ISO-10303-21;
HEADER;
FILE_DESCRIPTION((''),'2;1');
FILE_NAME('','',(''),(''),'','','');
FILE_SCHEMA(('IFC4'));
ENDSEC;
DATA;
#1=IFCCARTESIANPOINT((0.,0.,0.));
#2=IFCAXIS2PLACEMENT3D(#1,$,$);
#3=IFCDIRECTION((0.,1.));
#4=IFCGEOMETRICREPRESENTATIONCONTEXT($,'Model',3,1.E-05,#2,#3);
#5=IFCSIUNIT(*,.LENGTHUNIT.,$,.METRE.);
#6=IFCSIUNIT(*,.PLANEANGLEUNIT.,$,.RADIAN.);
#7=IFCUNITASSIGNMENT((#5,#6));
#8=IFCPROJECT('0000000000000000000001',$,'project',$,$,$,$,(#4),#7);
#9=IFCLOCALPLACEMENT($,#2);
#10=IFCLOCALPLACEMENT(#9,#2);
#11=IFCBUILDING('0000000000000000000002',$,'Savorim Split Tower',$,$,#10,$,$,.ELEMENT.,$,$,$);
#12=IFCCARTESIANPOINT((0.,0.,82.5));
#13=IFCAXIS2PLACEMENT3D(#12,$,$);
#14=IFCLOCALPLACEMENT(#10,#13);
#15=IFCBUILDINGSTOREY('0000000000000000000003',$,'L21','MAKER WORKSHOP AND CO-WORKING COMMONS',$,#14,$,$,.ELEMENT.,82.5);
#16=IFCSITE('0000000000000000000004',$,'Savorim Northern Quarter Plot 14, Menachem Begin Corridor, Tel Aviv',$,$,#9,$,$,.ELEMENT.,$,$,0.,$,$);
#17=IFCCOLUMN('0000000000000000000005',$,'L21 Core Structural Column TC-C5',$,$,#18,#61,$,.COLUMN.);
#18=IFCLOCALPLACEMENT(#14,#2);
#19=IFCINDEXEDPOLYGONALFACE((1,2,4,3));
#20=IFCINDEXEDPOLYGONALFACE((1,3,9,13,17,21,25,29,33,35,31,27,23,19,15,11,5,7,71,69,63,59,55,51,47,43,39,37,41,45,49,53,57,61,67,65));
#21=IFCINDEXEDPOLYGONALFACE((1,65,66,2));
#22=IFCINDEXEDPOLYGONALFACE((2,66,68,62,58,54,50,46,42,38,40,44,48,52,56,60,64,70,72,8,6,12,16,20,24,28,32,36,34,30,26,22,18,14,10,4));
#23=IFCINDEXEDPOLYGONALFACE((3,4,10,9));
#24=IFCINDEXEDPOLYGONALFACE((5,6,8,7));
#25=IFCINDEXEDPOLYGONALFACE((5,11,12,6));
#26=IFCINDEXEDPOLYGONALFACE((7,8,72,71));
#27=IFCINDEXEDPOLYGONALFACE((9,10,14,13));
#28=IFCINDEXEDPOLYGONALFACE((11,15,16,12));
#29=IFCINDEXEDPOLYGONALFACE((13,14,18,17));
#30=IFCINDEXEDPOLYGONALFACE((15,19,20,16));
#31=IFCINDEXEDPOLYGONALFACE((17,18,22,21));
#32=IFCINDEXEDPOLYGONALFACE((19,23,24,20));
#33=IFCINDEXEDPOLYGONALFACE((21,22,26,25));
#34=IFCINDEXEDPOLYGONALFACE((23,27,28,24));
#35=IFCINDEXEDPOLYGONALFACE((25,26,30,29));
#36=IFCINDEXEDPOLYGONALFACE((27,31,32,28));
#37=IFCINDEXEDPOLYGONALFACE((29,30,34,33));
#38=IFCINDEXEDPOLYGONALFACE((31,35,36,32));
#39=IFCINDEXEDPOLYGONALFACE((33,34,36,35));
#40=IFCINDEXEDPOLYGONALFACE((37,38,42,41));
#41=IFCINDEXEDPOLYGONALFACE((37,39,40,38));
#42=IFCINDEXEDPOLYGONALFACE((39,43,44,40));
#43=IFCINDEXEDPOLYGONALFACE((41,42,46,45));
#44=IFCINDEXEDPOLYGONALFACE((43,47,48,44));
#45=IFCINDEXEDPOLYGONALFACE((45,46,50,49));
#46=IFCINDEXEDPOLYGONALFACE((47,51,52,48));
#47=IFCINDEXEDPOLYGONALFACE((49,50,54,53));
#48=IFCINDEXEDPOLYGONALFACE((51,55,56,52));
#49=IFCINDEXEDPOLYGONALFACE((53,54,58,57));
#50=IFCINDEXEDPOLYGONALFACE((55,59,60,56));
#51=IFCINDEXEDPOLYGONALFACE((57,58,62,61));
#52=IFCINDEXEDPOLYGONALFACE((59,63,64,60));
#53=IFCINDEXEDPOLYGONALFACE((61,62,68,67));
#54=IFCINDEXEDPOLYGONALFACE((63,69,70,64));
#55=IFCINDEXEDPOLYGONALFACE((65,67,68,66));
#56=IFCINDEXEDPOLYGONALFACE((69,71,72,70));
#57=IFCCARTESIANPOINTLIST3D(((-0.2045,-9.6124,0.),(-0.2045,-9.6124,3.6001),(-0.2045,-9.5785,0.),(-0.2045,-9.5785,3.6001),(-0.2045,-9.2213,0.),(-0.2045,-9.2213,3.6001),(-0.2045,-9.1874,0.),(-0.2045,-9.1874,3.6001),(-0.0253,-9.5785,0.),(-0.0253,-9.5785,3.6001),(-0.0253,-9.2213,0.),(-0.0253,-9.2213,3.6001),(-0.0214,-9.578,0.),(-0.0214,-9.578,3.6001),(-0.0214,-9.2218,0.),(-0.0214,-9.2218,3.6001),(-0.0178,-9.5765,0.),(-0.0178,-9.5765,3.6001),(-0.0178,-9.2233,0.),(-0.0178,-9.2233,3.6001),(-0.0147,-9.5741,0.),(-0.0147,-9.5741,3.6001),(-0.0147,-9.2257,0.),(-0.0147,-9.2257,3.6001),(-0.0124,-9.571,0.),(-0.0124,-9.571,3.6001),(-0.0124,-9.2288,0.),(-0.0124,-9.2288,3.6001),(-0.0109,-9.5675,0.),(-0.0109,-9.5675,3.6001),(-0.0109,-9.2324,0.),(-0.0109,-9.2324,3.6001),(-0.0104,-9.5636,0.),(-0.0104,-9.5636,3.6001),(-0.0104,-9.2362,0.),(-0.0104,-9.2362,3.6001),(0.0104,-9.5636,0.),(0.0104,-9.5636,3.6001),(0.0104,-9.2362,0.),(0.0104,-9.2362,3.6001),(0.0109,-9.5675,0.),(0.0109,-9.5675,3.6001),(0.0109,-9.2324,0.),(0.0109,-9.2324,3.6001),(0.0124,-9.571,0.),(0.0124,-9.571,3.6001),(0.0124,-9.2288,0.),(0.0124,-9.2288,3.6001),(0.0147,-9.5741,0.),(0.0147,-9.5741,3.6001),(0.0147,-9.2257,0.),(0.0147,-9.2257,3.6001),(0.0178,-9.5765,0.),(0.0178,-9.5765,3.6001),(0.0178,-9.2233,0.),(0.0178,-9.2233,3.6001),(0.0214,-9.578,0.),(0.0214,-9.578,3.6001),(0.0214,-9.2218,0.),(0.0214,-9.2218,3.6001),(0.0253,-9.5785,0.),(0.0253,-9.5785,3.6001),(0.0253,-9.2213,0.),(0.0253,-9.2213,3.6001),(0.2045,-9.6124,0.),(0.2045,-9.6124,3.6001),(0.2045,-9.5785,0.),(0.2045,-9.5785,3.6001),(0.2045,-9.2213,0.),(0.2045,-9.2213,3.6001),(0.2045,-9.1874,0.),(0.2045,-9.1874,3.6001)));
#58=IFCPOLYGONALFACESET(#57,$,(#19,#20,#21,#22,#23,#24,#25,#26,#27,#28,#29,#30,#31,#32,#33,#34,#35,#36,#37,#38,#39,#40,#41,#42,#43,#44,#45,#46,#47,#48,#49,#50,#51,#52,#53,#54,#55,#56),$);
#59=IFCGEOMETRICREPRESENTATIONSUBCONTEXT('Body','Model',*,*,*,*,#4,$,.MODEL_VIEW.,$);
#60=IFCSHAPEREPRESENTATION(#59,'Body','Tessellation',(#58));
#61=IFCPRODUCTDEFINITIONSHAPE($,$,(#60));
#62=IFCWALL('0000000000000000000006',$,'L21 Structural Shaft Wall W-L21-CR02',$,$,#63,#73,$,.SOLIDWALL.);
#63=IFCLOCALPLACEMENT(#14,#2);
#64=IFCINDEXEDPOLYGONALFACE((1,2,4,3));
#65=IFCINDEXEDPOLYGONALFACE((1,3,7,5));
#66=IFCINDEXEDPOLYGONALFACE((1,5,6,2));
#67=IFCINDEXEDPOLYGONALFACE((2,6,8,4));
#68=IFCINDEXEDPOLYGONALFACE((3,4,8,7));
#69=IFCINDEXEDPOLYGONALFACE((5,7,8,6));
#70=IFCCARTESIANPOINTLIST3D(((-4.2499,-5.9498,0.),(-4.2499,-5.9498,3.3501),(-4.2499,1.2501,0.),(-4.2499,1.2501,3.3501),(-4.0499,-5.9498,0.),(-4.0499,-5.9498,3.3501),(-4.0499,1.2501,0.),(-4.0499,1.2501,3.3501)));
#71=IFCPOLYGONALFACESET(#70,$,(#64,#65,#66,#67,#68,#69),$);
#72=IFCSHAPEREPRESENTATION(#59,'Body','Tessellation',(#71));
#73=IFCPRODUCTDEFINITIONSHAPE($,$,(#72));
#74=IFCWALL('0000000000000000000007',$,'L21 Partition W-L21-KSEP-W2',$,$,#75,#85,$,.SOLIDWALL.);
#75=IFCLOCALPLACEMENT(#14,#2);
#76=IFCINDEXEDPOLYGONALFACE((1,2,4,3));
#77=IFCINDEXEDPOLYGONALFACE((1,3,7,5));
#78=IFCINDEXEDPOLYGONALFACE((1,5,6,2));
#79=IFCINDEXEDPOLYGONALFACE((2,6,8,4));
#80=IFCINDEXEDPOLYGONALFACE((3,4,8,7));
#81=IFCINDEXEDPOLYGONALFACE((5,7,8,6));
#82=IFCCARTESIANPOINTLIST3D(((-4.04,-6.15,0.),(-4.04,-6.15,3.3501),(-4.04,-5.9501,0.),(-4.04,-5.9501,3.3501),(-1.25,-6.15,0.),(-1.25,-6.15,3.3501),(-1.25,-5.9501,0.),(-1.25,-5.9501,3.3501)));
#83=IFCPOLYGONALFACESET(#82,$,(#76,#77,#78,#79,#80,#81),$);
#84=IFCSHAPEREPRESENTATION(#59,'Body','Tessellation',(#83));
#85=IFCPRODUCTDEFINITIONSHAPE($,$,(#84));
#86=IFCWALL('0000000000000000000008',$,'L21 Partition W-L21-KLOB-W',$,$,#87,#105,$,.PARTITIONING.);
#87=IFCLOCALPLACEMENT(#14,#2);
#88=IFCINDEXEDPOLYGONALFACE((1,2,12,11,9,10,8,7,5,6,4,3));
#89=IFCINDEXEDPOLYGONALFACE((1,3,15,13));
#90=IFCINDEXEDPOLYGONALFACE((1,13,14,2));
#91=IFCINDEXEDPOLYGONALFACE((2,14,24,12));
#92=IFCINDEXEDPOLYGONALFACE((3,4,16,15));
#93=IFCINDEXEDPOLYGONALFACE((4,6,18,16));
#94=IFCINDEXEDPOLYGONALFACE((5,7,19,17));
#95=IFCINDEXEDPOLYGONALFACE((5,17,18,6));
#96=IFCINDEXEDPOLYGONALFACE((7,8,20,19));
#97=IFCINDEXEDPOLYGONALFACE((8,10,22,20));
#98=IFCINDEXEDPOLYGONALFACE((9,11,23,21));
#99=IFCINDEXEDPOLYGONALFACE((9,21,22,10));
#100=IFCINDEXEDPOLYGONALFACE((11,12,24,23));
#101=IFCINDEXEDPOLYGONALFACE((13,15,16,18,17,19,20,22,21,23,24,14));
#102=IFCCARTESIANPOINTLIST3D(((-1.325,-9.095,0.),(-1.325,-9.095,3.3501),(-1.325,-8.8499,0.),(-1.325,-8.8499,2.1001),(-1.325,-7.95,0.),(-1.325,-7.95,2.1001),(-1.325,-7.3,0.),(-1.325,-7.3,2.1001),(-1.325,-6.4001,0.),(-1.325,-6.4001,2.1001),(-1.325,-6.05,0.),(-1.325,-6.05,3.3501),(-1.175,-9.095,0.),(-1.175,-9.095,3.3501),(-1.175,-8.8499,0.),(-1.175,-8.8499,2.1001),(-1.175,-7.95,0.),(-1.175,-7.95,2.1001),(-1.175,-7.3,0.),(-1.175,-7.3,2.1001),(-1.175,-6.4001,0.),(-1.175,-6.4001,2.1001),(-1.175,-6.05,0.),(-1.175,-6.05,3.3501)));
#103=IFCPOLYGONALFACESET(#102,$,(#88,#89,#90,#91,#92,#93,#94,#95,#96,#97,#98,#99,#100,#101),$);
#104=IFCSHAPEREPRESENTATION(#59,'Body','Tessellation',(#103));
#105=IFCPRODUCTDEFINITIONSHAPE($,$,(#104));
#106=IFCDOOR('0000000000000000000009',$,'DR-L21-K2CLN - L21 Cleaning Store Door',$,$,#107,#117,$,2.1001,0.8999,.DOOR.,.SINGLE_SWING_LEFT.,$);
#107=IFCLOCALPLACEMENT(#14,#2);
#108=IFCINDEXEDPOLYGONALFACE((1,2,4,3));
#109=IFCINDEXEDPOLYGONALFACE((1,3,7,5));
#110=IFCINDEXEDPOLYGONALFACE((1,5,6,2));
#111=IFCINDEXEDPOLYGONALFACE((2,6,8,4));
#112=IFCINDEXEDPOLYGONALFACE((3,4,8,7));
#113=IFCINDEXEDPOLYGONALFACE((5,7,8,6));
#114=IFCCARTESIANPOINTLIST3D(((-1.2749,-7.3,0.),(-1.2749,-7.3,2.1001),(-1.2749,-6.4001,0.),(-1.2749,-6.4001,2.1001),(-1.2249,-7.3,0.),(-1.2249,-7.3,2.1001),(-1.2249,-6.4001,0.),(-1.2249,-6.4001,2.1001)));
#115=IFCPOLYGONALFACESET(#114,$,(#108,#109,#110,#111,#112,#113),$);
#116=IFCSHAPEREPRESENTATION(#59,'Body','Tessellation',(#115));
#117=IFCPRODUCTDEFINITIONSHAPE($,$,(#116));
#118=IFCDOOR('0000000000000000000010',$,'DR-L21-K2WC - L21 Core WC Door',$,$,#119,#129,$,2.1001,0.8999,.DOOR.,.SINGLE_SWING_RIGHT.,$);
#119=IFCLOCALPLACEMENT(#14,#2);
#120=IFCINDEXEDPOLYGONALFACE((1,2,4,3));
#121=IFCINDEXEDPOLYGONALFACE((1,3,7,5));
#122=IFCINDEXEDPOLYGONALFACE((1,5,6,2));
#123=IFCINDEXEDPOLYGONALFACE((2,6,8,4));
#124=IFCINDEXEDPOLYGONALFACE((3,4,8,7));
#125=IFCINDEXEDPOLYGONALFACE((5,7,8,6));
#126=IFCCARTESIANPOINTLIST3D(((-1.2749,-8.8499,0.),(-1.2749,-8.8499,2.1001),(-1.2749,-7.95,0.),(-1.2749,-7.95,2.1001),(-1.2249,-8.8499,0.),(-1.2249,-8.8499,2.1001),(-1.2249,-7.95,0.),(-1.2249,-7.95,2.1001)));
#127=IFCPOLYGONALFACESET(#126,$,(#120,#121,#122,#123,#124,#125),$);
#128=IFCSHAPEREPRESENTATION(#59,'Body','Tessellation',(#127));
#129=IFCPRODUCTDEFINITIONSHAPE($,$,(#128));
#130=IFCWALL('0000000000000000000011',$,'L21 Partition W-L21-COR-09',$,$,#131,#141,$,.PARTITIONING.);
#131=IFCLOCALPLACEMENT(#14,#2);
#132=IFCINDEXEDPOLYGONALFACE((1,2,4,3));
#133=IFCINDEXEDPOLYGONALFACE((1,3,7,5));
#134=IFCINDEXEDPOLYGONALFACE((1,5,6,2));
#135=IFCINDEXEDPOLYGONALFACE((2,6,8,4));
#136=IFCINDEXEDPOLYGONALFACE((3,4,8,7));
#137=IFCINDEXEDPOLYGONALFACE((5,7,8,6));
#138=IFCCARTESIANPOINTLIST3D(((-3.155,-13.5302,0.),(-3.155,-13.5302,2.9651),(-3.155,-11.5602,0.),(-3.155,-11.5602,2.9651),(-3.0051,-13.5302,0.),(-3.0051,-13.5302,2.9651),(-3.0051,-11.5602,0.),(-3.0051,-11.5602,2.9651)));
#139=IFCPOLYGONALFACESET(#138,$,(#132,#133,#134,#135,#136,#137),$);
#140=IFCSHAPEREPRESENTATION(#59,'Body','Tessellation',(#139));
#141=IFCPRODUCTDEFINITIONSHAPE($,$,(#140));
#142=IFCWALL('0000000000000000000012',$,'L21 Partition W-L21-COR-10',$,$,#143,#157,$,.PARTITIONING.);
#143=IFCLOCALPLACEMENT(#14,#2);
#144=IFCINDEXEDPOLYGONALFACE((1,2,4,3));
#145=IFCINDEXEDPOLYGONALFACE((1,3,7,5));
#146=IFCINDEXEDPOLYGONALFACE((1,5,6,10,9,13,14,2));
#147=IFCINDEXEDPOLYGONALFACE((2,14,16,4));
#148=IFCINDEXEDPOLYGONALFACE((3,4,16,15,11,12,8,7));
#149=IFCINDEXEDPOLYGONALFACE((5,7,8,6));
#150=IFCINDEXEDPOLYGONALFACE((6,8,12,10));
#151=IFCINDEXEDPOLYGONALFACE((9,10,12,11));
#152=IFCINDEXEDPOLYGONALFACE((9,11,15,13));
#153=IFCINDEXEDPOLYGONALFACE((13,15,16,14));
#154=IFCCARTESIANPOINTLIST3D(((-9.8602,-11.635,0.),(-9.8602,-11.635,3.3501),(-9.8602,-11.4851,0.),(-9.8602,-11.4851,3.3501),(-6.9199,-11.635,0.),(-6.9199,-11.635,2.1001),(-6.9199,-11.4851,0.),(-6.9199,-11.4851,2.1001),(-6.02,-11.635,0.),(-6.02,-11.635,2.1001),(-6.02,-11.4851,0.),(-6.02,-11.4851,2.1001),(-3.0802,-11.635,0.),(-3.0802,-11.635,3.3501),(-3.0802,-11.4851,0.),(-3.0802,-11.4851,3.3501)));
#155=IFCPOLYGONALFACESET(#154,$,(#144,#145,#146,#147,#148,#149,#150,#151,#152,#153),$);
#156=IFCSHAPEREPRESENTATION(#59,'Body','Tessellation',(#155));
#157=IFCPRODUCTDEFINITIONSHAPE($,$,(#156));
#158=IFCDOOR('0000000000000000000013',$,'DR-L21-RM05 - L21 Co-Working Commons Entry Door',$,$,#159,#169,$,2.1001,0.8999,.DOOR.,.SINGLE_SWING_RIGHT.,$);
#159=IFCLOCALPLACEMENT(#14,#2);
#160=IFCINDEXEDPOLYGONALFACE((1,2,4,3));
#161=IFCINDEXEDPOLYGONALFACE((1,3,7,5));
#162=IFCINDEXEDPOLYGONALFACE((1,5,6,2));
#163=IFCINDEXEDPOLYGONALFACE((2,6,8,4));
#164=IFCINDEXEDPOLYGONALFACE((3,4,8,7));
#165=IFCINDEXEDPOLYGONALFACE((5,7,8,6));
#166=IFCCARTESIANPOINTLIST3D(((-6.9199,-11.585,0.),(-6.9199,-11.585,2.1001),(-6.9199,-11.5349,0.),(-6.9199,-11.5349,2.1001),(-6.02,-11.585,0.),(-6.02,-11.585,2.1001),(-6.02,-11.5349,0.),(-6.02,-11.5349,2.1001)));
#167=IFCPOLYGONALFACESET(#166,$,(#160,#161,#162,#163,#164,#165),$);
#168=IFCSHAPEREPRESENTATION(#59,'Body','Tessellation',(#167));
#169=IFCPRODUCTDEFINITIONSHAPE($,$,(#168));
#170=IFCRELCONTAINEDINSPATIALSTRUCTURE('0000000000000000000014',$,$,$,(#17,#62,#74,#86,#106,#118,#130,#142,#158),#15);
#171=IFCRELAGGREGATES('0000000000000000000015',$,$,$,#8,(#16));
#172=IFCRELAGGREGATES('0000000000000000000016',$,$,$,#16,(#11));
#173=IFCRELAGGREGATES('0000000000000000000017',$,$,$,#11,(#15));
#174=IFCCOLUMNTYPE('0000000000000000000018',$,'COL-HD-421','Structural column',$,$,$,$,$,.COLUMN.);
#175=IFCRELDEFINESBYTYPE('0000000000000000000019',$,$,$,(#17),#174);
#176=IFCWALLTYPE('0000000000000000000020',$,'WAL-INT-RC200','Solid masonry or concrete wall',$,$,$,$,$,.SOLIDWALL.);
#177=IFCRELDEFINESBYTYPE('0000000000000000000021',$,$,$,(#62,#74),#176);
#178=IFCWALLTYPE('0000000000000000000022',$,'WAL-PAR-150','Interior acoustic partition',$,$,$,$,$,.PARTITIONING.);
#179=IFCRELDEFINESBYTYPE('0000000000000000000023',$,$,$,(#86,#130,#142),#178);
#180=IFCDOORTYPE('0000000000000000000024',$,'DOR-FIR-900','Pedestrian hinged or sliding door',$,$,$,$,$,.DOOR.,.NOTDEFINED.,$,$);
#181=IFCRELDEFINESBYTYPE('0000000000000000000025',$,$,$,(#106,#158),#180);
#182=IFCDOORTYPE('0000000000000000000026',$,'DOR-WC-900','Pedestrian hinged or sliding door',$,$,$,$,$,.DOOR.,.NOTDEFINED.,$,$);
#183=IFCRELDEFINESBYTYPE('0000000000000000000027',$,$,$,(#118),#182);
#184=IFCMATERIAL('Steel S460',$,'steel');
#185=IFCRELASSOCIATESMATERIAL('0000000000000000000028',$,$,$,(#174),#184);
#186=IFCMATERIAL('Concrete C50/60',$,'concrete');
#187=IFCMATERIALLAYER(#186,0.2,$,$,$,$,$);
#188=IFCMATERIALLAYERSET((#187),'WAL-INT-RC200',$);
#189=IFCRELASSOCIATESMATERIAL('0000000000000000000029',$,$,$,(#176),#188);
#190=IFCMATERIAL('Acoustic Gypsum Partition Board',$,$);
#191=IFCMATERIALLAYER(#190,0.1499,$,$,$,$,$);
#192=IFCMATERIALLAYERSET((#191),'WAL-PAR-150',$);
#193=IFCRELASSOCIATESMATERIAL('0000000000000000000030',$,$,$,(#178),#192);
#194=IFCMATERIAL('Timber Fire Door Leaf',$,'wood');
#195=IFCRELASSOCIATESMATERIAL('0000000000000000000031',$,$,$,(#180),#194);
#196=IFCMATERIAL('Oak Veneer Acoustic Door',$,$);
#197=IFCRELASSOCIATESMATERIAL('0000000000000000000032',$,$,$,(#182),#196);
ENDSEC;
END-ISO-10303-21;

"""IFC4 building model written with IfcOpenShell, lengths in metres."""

from ifc_helpers import new_model, si_unit, direction, frame, frame_2d, origin, origin_2d, place, context, subcontext, project, spatial, rectangle, i_section, extrude, material, layer, layer_set, material_profile, profile_set, type_object, element, fill, save


model = new_model("IFC4")

# Units and contexts
model_context = context("Model", 3, precision=1e-05, world=origin(), true_north=direction((0.0, 1.0)))
body_context = subcontext(model_context, "Body", "Model", "MODEL_VIEW")
ifc_project = project(units=[si_unit("LENGTHUNIT", "METRE"), si_unit("PLANEANGLEUNIT", "RADIAN")], contexts=[model_context])

# Site, building, storey
site_placement = place(None, origin())
site = spatial("IfcSite", under=ifc_project, at=site_placement, Name="Savorim Northern Quarter Plot 14, Menachem Begin Corridor, Tel Aviv", CompositionType="ELEMENT", RefElevation=0.0)
building_placement = place(site_placement, origin())
building = spatial("IfcBuilding", under=site, at=building_placement, Name="Savorim Split Tower", CompositionType="ELEMENT")
storey_placement = place(building_placement, frame((0.0, 0.0, 82.5)))
storey = spatial("IfcBuildingStorey", under=building, at=storey_placement, Name="L21", Description="MAKER WORKSHOP AND CO-WORKING COMMONS", CompositionType="ELEMENT", Elevation=82.5)

# Column
ifc_material_1 = material(Name="Steel S460", Category="steel")
ifc_material_profile = material_profile(ifc_material_1, i_section(OverallWidth=0.4089, OverallDepth=0.425, WebThickness=0.0208, FlangeThickness=0.0339, FilletRadius=0.0149, at=origin_2d()), Name="HD 400x421")
ifc_profile_set = profile_set([ifc_material_profile], Name="Steel S460")
column_type = type_object("IfcColumnType", Name="COL-HD-421", Description="Structural column", PredefinedType="COLUMN", material=ifc_profile_set)
column_placement = place(storey_placement, frame((0.0, -9.3999, 0.0), z_axis=(0.0, 0.0, 1.0), x_axis=(1.0, 0.0, 0.0)))
element("IfcColumn", 1, at=column_placement, inside=storey, type_object=column_type, Name="L21 Core Structural Column TC-C5", PredefinedType="COLUMN", context=body_context, shape_type="SweptSolid", body=[
    extrude(i_section(OverallWidth=0.4089, OverallDepth=0.425, WebThickness=0.0208, FlangeThickness=0.0339, FilletRadius=0.0149, at=origin_2d()), origin(), (0.0, 0.0, 1.0), 3.6001),
])

# Wall
ifc_material_2 = material(Name="Concrete C50/60", Category="concrete")
ifc_layer_1 = layer(ifc_material_2, 0.2)
ifc_layer_set_1 = layer_set([ifc_layer_1], Name="WAL-INT-RC200")
wall_type_1 = type_object("IfcWallType", Name="WAL-INT-RC200", Description="Solid masonry or concrete wall", PredefinedType="SOLIDWALL", material=ifc_layer_set_1)
wall_1_placement = place(storey_placement, frame((-4.1499, -5.95, 0.0), z_axis=(0.0, 0.0, 1.0), x_axis=(0.0, 1.0, 0.0)))
element("IfcWall", 2, at=wall_1_placement, inside=storey, type_object=wall_type_1, Name="L21 Structural Shaft Wall W-L21-CR02", PredefinedType="SOLIDWALL", context=body_context, shape_type="SweptSolid", body=[
    extrude(rectangle(XDim=7.2, YDim=0.2, at=frame_2d((3.6001, 0.0))), origin(), (0.0, 0.0, 1.0), 3.3501),
])

# Wall
wall_2_placement = place(storey_placement, frame((-4.04, -6.05, 0.0), z_axis=(0.0, 0.0, 1.0), x_axis=(1.0, 0.0, 0.0)))
element("IfcWall", 3, at=wall_2_placement, inside=storey, type_object=wall_type_1, Name="L21 Partition W-L21-KSEP-W2", PredefinedType="SOLIDWALL", context=body_context, shape_type="SweptSolid", body=[
    extrude(rectangle(XDim=2.79, YDim=0.2, at=frame_2d((1.395, 0.0))), origin(), (0.0, 0.0, 1.0), 3.3501),
])

# Wall, openings, doors
ifc_material_3 = material(Name="Acoustic Gypsum Partition Board")
ifc_layer_2 = layer(ifc_material_3, 0.1499)
ifc_layer_set_2 = layer_set([ifc_layer_2], Name="WAL-PAR-150")
wall_type_2 = type_object("IfcWallType", Name="WAL-PAR-150", Description="Interior acoustic partition", PredefinedType="PARTITIONING", material=ifc_layer_set_2)
wall_3_placement = place(storey_placement, frame((-1.25, -9.095, 0.0), z_axis=(0.0, 0.0, 1.0), x_axis=(0.0, 1.0, 0.0)))
wall_3 = element("IfcWall", 4, at=wall_3_placement, inside=storey, type_object=wall_type_2, Name="L21 Partition W-L21-KLOB-W", PredefinedType="PARTITIONING", context=body_context, shape_type="SweptSolid", body=[
    extrude(rectangle(XDim=3.0449, YDim=0.1499, at=frame_2d((1.5225, 0.0))), origin(), (0.0, 0.0, 1.0), 3.3501),
])
opening_1_placement = place(wall_3_placement, frame((1.7949, 0.0, 0.0)))
opening_1 = element("IfcOpeningElement", 5, at=opening_1_placement, cuts=wall_3, PredefinedType="OPENING", context=body_context, shape_type="SweptSolid", body=[
    extrude(rectangle(XDim=0.8999, YDim=2.1001, at=frame_2d((0.45, 1.05))), frame((0.0, 0.085, 0.0), z_axis=(0.0, -1.0, 0.0), x_axis=(1.0, 0.0, 0.0)), (0.0, 0.0, 1.0), 0.1699),
])
opening_2_placement = place(wall_3_placement, frame((0.2451, 0.0, 0.0)))
opening_2 = element("IfcOpeningElement", 6, at=opening_2_placement, cuts=wall_3, PredefinedType="OPENING", context=body_context, shape_type="SweptSolid", body=[
    extrude(rectangle(XDim=0.8999, YDim=2.1001, at=frame_2d((0.45, 1.05))), frame((0.0, 0.085, 0.0), z_axis=(0.0, -1.0, 0.0), x_axis=(1.0, 0.0, 0.0)), (0.0, 0.0, 1.0), 0.1699),
])
ifc_material_4 = material(Name="Timber Fire Door Leaf", Category="wood")
door_type_1 = type_object("IfcDoorType", Name="DOR-FIR-900", Description="Pedestrian hinged or sliding door", OperationType="NOTDEFINED", PredefinedType="DOOR", material=ifc_material_4)
door_1_placement = place(opening_1_placement, origin())
door_1 = element("IfcDoor", 7, at=door_1_placement, inside=storey, type_object=door_type_1, Name="DR-L21-K2CLN - L21 Cleaning Store Door", OperationType="SINGLE_SWING_LEFT", OverallHeight=2.1001, OverallWidth=0.8999, PredefinedType="DOOR", context=body_context, shape_type="SweptSolid", body=[
    extrude(rectangle(XDim=0.8999, YDim=2.1001, at=frame_2d((0.45, 1.05))), frame((0.0, 0.0249, 0.0), z_axis=(0.0, -1.0, 0.0), x_axis=(1.0, 0.0, 0.0)), (0.0, 0.0, 1.0), 0.05),
])
fill(opening_1, door_1)
ifc_material_5 = material(Name="Oak Veneer Acoustic Door")
door_type_2 = type_object("IfcDoorType", Name="DOR-WC-900", Description="Pedestrian hinged or sliding door", OperationType="NOTDEFINED", PredefinedType="DOOR", material=ifc_material_5)
door_2_placement = place(opening_2_placement, origin())
door_2 = element("IfcDoor", 8, at=door_2_placement, inside=storey, type_object=door_type_2, Name="DR-L21-K2WC - L21 Core WC Door", OperationType="SINGLE_SWING_RIGHT", OverallHeight=2.1001, OverallWidth=0.8999, PredefinedType="DOOR", context=body_context, shape_type="SweptSolid", body=[
    extrude(rectangle(XDim=0.8999, YDim=2.1001, at=frame_2d((0.45, 1.05))), frame((0.0, 0.0249, 0.0), z_axis=(0.0, -1.0, 0.0), x_axis=(1.0, 0.0, 0.0)), (0.0, 0.0, 1.0), 0.05),
])
fill(opening_2, door_2)

# Wall
wall_4_placement = place(storey_placement, frame((-3.0801, -13.53, 0.0), z_axis=(0.0, 0.0, 1.0), x_axis=(0.0, 1.0, 0.0)))
element("IfcWall", 9, at=wall_4_placement, inside=storey, type_object=wall_type_2, Name="L21 Partition W-L21-COR-09", PredefinedType="PARTITIONING", context=body_context, shape_type="SweptSolid", body=[
    extrude(rectangle(XDim=1.97, YDim=0.1499, at=frame_2d((0.9849, 0.0))), origin(), (0.0, 0.0, 1.0), 2.9651),
])

# Wall, opening, door
wall_5_placement = place(storey_placement, frame((-3.0801, -11.5601, 0.0), z_axis=(0.0, 0.0, 1.0), x_axis=(-1.0, 0.0, 0.0)))
wall_5 = element("IfcWall", 10, at=wall_5_placement, inside=storey, type_object=wall_type_2, Name="L21 Partition W-L21-COR-10", PredefinedType="PARTITIONING", context=body_context, shape_type="SweptSolid", body=[
    extrude(rectangle(XDim=6.78, YDim=0.1499, at=frame_2d((3.3901, 0.0))), origin(), (0.0, 0.0, 1.0), 3.3501),
])
opening_3_placement = place(wall_5_placement, frame((2.9399, 0.0, 0.0)))
opening_3 = element("IfcOpeningElement", 11, at=opening_3_placement, cuts=wall_5, PredefinedType="OPENING", context=body_context, shape_type="SweptSolid", body=[
    extrude(rectangle(XDim=0.8999, YDim=2.1001, at=frame_2d((0.45, 1.05))), frame((0.0, 0.085, 0.0), z_axis=(0.0, -1.0, 0.0), x_axis=(1.0, 0.0, 0.0)), (0.0, 0.0, 1.0), 0.1699),
])
door_3_placement = place(opening_3_placement, origin())
door_3 = element("IfcDoor", 12, at=door_3_placement, inside=storey, type_object=door_type_1, Name="DR-L21-RM05 - L21 Co-Working Commons Entry Door", OperationType="SINGLE_SWING_RIGHT", OverallHeight=2.1001, OverallWidth=0.8999, PredefinedType="DOOR", context=body_context, shape_type="SweptSolid", body=[
    extrude(rectangle(XDim=0.8999, YDim=2.1001, at=frame_2d((0.45, 1.05))), frame((0.0, 0.0249, 0.0), z_axis=(0.0, -1.0, 0.0), x_axis=(1.0, 0.0, 0.0)), (0.0, 0.0, 1.0), 0.05),
])
fill(opening_3, door_3)

save(model, "model.ifc")
